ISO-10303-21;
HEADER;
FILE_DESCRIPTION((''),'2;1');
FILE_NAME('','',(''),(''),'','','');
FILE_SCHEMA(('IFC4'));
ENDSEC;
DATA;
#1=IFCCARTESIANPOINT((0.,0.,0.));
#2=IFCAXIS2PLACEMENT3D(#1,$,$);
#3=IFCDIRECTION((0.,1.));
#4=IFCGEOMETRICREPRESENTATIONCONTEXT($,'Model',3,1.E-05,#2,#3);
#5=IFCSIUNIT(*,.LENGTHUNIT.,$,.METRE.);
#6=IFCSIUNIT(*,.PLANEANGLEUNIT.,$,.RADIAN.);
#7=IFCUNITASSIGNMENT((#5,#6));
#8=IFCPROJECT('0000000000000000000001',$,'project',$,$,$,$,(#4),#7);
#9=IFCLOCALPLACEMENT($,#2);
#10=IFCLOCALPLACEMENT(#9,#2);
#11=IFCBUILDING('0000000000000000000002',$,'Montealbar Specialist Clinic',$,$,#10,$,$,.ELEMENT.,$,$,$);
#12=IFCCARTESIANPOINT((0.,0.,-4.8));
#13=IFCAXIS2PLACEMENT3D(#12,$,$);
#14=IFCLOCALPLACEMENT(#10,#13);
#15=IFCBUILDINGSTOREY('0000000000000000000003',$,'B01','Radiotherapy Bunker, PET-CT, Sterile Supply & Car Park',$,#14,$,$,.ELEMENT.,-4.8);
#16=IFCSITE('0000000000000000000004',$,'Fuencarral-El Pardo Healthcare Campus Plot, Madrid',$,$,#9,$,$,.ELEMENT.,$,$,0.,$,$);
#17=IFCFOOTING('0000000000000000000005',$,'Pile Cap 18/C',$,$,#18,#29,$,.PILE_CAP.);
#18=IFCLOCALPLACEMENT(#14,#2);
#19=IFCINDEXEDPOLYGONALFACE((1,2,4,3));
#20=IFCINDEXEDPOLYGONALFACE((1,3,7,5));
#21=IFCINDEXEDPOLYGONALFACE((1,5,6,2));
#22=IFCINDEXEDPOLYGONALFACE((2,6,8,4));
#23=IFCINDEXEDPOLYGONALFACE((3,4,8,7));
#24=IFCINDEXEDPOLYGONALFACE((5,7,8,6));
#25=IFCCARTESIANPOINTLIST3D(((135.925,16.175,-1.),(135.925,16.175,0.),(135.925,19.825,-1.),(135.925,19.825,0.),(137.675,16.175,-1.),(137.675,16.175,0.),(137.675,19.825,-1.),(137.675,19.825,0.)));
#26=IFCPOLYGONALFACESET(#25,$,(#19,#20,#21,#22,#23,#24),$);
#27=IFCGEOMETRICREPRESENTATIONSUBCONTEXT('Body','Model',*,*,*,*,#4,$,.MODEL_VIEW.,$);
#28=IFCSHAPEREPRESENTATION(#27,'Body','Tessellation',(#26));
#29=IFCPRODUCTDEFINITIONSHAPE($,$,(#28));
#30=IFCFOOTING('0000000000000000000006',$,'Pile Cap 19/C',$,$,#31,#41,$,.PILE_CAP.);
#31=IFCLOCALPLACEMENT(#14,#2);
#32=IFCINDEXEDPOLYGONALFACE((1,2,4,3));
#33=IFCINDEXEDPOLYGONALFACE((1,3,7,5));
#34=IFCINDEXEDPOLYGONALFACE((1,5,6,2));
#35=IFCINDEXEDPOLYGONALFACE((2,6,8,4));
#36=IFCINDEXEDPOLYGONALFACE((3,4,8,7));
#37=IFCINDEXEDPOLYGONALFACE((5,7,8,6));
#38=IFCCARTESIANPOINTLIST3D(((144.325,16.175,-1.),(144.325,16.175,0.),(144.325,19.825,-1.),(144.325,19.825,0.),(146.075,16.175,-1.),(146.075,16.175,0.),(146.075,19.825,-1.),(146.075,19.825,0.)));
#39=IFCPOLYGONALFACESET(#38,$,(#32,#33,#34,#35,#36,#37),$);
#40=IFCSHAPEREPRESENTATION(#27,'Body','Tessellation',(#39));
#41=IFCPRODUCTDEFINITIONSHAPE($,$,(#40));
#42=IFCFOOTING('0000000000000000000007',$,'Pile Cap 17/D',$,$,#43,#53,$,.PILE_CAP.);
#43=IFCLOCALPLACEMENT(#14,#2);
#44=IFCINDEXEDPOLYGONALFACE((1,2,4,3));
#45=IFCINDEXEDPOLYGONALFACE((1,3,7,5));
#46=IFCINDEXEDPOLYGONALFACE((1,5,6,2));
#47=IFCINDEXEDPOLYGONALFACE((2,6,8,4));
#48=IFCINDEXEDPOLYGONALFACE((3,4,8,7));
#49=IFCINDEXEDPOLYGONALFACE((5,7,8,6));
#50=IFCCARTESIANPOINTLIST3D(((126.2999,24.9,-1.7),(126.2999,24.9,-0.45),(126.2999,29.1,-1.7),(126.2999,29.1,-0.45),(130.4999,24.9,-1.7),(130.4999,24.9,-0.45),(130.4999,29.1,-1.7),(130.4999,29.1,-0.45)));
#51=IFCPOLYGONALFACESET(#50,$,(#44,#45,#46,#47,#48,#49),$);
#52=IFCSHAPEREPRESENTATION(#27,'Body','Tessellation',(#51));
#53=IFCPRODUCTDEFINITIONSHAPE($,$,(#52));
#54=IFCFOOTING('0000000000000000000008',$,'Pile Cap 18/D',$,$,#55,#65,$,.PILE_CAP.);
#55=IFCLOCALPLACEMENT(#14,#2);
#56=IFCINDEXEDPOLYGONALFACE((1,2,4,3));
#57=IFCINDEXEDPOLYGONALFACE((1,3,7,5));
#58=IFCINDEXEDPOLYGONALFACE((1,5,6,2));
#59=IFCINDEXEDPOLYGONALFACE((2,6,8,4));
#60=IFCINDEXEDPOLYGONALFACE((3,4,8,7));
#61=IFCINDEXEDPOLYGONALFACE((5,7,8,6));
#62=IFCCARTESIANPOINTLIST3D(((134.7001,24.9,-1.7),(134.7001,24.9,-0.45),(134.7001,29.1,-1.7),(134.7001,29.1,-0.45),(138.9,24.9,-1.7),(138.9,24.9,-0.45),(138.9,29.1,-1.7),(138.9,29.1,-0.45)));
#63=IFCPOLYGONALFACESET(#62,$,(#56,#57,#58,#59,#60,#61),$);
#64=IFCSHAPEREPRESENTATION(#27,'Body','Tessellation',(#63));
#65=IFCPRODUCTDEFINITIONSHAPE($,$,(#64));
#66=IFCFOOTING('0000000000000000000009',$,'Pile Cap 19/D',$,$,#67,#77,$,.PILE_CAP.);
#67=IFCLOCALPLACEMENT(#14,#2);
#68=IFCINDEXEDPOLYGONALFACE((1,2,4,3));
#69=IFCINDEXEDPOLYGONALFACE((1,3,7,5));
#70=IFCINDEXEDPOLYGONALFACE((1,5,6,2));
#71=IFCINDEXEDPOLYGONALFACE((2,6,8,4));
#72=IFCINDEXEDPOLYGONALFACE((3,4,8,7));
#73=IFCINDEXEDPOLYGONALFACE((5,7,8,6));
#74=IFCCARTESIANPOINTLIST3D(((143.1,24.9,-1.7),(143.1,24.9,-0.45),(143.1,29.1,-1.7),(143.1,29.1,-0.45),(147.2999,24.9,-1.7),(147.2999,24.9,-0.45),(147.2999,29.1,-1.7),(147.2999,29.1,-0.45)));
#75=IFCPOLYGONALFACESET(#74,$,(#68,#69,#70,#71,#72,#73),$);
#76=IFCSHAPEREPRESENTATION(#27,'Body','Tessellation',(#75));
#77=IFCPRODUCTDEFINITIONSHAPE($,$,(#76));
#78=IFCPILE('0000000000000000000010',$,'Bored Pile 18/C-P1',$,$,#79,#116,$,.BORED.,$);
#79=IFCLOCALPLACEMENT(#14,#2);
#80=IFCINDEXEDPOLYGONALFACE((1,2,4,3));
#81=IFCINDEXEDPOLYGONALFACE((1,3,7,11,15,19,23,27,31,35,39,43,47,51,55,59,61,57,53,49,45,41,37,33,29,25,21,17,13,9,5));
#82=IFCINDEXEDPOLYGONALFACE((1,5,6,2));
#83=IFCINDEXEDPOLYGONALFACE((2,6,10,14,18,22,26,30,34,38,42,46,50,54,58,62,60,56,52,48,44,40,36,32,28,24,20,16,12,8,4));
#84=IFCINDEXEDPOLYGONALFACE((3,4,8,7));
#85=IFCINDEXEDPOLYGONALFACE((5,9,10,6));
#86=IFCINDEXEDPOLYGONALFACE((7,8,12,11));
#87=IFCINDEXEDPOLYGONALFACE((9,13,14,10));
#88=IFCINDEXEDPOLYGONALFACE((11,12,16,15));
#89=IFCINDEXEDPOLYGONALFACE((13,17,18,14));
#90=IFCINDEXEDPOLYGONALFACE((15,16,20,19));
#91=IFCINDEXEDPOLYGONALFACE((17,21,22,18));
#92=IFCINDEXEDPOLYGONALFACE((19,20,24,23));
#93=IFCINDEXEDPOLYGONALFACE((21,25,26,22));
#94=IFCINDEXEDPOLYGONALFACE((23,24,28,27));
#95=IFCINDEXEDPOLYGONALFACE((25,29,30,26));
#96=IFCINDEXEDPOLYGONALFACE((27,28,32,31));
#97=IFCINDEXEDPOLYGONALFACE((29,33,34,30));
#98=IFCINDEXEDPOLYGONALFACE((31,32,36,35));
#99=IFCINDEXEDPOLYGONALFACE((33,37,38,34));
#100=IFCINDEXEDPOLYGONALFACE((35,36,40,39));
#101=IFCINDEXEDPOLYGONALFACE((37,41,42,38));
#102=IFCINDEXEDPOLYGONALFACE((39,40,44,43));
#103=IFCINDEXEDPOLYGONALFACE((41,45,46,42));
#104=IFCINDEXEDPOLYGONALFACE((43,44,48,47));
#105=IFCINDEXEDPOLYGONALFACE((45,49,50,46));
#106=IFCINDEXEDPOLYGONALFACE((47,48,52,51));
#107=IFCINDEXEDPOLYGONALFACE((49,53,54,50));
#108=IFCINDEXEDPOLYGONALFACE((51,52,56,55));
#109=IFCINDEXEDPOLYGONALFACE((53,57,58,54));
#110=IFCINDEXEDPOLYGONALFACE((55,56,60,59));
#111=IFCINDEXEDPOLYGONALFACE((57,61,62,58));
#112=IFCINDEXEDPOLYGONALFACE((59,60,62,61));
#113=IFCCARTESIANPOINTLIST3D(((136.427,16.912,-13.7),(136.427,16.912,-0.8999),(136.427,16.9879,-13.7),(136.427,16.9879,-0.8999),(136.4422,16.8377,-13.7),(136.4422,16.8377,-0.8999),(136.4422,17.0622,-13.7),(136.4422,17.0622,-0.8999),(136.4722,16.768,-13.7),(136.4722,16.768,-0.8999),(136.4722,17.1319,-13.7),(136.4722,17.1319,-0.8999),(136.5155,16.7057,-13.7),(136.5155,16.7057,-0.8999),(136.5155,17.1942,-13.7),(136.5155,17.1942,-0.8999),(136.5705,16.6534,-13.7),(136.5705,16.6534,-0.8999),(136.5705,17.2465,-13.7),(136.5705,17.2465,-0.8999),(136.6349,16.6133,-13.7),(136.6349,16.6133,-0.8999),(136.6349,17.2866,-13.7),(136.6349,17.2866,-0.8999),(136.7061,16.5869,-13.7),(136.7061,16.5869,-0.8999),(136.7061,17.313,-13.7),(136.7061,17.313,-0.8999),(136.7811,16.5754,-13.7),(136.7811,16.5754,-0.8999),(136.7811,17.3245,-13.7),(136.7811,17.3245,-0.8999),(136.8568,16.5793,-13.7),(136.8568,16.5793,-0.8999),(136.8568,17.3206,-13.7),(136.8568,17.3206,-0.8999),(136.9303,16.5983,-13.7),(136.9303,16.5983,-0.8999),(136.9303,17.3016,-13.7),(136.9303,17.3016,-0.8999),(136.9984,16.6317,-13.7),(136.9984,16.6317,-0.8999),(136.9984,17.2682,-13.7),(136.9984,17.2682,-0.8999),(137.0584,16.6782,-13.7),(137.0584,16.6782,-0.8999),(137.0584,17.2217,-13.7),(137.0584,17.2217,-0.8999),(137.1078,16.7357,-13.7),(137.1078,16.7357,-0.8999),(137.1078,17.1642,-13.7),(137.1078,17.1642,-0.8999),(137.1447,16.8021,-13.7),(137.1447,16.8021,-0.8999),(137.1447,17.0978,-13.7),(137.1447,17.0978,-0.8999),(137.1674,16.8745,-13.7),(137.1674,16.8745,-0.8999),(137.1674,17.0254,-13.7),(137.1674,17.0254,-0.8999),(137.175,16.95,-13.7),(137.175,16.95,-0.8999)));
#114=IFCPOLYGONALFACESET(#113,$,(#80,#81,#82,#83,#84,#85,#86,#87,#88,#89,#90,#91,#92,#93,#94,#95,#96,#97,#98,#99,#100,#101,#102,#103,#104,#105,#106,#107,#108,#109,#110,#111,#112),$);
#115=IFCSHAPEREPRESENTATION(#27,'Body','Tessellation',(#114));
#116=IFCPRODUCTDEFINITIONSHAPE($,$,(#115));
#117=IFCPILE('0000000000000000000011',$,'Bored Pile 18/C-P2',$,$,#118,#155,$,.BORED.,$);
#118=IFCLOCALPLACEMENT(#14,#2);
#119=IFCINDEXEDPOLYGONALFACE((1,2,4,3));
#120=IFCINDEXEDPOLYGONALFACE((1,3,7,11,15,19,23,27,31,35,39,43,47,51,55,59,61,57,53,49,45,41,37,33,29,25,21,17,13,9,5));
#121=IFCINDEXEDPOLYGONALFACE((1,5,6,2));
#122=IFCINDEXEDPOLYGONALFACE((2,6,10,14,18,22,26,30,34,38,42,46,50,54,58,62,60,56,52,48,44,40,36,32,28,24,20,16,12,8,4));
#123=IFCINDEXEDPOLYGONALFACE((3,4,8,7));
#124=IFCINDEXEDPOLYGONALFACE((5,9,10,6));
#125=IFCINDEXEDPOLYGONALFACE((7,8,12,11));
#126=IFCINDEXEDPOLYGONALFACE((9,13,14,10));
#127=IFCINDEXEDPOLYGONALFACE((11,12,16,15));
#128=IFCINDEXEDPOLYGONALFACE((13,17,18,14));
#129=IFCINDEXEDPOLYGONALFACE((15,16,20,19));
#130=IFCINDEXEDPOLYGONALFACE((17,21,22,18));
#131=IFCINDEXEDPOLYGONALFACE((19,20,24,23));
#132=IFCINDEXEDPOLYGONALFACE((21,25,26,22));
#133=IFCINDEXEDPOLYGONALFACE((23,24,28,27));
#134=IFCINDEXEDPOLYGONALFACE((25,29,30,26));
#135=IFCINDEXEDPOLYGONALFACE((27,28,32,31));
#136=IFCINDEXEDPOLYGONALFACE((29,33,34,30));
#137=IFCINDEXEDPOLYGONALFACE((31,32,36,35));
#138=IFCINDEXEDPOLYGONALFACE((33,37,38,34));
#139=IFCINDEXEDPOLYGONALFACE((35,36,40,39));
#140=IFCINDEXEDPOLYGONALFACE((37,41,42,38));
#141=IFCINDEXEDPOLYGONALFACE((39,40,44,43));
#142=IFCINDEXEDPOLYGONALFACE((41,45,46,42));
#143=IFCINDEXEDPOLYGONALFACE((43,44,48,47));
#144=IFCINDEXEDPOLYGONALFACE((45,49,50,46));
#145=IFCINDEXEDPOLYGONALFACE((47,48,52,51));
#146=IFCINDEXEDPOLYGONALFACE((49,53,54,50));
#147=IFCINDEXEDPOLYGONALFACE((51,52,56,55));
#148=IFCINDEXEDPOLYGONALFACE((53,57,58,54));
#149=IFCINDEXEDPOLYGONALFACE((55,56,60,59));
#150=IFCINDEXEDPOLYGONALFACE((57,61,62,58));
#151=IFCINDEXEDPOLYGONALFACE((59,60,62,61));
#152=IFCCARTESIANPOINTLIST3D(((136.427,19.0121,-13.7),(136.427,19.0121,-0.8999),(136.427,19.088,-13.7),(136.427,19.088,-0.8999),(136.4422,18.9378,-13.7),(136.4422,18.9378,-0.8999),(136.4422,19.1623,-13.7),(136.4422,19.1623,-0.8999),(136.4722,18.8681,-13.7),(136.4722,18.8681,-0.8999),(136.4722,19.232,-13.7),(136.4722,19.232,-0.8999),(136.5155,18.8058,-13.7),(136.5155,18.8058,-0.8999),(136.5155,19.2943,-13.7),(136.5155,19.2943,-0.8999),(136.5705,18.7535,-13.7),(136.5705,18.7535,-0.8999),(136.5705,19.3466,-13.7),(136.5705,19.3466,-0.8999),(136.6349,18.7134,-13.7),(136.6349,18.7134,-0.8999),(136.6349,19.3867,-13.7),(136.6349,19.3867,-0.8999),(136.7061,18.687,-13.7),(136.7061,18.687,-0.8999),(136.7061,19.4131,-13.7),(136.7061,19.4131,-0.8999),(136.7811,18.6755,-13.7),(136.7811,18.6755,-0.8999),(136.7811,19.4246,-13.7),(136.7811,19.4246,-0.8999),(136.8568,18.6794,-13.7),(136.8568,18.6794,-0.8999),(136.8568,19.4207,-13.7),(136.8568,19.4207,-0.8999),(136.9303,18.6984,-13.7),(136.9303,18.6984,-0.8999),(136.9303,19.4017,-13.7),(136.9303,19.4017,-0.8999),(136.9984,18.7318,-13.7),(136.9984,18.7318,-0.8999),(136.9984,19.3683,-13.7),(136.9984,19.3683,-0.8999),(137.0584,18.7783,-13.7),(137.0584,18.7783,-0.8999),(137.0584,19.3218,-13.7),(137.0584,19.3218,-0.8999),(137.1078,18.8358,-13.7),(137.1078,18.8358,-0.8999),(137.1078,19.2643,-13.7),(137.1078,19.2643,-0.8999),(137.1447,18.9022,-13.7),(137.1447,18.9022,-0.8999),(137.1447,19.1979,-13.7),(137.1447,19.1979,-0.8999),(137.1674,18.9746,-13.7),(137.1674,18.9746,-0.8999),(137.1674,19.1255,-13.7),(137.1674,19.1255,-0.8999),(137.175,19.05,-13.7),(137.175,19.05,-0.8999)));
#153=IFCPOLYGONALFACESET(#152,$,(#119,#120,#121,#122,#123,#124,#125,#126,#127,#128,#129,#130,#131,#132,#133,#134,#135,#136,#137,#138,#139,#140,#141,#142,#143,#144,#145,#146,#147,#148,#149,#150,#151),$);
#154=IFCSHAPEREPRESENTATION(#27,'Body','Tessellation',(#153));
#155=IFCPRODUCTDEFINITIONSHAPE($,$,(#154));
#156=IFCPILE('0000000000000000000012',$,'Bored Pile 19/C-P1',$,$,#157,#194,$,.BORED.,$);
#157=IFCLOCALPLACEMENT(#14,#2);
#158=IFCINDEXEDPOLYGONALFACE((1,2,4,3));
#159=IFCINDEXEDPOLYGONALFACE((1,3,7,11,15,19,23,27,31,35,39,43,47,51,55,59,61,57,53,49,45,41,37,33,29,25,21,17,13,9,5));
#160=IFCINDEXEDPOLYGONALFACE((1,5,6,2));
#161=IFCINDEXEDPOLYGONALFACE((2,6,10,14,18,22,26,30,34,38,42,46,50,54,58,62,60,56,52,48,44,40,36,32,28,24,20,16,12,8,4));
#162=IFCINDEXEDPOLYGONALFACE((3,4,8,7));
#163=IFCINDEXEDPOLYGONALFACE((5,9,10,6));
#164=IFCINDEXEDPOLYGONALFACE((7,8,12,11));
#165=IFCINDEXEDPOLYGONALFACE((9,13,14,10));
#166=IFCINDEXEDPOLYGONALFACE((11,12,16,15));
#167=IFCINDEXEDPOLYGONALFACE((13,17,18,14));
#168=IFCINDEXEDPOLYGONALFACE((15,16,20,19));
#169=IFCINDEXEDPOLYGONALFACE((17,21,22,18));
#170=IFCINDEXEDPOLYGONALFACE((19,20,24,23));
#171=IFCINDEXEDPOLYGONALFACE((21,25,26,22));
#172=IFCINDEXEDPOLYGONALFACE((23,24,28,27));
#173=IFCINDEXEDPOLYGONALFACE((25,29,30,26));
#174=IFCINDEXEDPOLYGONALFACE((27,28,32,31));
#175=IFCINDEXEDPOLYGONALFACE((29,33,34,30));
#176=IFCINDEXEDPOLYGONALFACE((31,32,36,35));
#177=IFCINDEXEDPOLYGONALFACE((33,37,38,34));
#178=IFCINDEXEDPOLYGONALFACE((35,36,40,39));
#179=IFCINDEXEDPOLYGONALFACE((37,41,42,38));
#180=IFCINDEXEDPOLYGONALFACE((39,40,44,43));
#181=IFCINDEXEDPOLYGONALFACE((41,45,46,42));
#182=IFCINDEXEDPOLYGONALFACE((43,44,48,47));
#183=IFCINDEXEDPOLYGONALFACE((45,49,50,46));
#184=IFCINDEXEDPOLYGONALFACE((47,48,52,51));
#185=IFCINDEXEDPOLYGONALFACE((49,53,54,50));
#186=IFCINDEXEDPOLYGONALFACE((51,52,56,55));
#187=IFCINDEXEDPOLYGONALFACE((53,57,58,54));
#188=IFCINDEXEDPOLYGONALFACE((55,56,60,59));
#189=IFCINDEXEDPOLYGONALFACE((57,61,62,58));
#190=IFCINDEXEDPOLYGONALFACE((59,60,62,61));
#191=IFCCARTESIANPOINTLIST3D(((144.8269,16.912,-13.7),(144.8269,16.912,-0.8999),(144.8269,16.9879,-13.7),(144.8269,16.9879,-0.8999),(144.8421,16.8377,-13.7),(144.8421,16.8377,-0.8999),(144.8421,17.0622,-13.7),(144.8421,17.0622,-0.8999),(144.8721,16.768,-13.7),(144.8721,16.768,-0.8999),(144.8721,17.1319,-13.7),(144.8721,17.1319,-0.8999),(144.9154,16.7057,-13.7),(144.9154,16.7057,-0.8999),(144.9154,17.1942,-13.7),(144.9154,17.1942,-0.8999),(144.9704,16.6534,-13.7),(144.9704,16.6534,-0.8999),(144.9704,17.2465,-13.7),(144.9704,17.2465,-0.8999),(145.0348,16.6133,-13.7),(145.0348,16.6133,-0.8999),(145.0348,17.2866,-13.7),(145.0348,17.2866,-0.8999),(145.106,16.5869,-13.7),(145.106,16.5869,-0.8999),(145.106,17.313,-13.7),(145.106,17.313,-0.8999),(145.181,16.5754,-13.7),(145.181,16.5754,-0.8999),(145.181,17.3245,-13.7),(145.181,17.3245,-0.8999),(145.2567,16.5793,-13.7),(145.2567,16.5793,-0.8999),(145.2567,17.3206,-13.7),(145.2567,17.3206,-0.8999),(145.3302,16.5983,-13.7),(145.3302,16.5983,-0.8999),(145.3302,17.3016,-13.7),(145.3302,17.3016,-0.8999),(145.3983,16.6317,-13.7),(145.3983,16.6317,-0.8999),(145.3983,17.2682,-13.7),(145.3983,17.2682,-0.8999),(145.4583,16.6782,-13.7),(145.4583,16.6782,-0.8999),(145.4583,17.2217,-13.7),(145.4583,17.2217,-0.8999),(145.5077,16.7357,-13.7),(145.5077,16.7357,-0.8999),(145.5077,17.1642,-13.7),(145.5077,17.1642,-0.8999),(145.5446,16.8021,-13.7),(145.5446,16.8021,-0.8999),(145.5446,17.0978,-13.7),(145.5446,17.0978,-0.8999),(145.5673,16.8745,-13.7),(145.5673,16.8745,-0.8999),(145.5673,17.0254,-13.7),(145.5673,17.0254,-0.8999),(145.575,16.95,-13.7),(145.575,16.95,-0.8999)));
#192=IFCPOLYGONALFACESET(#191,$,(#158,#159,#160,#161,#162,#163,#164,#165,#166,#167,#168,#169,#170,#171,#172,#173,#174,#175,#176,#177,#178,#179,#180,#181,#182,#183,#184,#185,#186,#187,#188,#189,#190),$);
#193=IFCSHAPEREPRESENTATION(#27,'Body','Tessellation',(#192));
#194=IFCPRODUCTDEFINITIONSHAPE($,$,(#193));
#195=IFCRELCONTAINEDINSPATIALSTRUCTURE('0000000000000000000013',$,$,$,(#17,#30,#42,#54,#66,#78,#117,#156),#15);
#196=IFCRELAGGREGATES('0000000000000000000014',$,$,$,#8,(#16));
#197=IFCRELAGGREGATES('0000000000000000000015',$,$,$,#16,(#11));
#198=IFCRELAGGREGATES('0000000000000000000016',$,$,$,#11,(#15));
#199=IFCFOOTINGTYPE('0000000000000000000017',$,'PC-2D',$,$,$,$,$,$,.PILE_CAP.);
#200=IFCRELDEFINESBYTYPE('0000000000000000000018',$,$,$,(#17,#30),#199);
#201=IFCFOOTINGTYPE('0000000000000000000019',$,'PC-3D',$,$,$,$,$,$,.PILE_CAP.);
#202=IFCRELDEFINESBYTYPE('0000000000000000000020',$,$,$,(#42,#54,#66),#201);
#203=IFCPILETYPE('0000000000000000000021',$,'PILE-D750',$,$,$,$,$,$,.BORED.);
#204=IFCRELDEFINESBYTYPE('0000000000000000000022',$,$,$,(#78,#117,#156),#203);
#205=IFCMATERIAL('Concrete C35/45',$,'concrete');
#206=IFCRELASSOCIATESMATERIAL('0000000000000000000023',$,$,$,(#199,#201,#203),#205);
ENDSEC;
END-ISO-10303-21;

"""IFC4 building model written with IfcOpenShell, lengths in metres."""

from ifc_helpers import new_model, si_unit, direction, frame, origin, origin_2d, place, context, subcontext, project, spatial, rectangle, circle, extrude, material, material_profile, profile_set, type_object, element, save


model = new_model("IFC4")

# Units and contexts
model_context = context("Model", 3, precision=1e-05, world=origin(), true_north=direction((0.0, 1.0)))
body_context = subcontext(model_context, "Body", "Model", "MODEL_VIEW")
ifc_project = project(units=[si_unit("LENGTHUNIT", "METRE"), si_unit("PLANEANGLEUNIT", "RADIAN")], contexts=[model_context])

# Site, building, storey
site_placement = place(None, origin())
site = spatial("IfcSite", under=ifc_project, at=site_placement, Name="Fuencarral-El Pardo Healthcare Campus Plot, Madrid", CompositionType="ELEMENT", RefElevation=0.0)
building_placement = place(site_placement, origin())
building = spatial("IfcBuilding", under=site, at=building_placement, Name="Montealbar Specialist Clinic", CompositionType="ELEMENT")
storey_placement = place(building_placement, frame((0.0, 0.0, -4.8)))
storey = spatial("IfcBuildingStorey", under=building, at=storey_placement, Name="B01", Description="Radiotherapy Bunker, PET-CT, Sterile Supply & Car Park", CompositionType="ELEMENT", Elevation=-4.8)

# Footings
ifc_material_1 = material(Name="Concrete C35/45", Category="concrete")
footing_type_1 = type_object("IfcFootingType", Name="PC-2D", PredefinedType="PILE_CAP", material=ifc_material_1)
for number, where, z_axis, x_axis, name in (
    (1, (136.8, 18.0, -1.0), (0.0, 0.0, 1.0), (1.0, 0.0, 0.0), "Pile Cap 18/C"),
    (2, (145.2, 18.0, -1.0), (0.0, 0.0, 1.0), (1.0, 0.0, 0.0), "Pile Cap 19/C"),
):
    element("IfcFooting", number, at=place(storey_placement, frame(where, z_axis=z_axis, x_axis=x_axis)), inside=storey, type_object=footing_type_1, Name=name, PredefinedType="PILE_CAP", context=body_context, shape_type="SweptSolid", body=[
        extrude(rectangle(XDim=1.75, YDim=3.6499, at=origin_2d()), origin(), (0.0, 0.0, 1.0), 1.0),
    ])
footing_type_2 = type_object("IfcFootingType", Name="PC-3D", PredefinedType="PILE_CAP", material=ifc_material_1)
for number, where, z_axis, x_axis, name in (
    (3, (128.3999, 27.0, -1.7), (0.0, 0.0, 1.0), (1.0, 0.0, 0.0), "Pile Cap 17/D"),
    (4, (136.8, 27.0, -1.7), (0.0, 0.0, 1.0), (1.0, 0.0, 0.0), "Pile Cap 18/D"),
    (5, (145.2, 27.0, -1.7), (0.0, 0.0, 1.0), (1.0, 0.0, 0.0), "Pile Cap 19/D"),
):
    element("IfcFooting", number, at=place(storey_placement, frame(where, z_axis=z_axis, x_axis=x_axis)), inside=storey, type_object=footing_type_2, Name=name, PredefinedType="PILE_CAP", context=body_context, shape_type="SweptSolid", body=[
        extrude(rectangle(XDim=4.2, YDim=4.2, at=origin_2d()), origin(), (0.0, 0.0, 1.0), 1.25),
    ])

# Piles
ifc_material_profile_1 = material_profile(ifc_material_1, circle(Radius=0.375, at=origin_2d()), Name="PILE D750", Category="concrete")
ifc_profile_set_1 = profile_set([ifc_material_profile_1], Name="Concrete C35/45")
pile_type_1 = type_object("IfcPileType", Name="PILE-D750", PredefinedType="BORED", material=ifc_profile_set_1)
for number, where, z_axis, x_axis, name in (
    (6, (136.8, 16.95, -0.8999), (0.0, 0.0, -1.0), (1.0, 0.0, 0.0), "Bored Pile 18/C-P1"),
    (7, (136.8, 19.05, -0.8999), (0.0, 0.0, -1.0), (1.0, 0.0, 0.0), "Bored Pile 18/C-P2"),
    (8, (145.2, 16.95, -0.8999), (0.0, 0.0, -1.0), (1.0, 0.0, 0.0), "Bored Pile 19/C-P1"),
):
    element("IfcPile", number, at=place(storey_placement, frame(where, z_axis=z_axis, x_axis=x_axis)), inside=storey, type_object=pile_type_1, Name=name, PredefinedType="BORED", context=body_context, shape_type="SweptSolid", body=[
        extrude(circle(Radius=0.375, at=origin_2d()), origin(), (0.0, 0.0, 1.0), 12.8),
    ])

save(model, "model.ifc")
